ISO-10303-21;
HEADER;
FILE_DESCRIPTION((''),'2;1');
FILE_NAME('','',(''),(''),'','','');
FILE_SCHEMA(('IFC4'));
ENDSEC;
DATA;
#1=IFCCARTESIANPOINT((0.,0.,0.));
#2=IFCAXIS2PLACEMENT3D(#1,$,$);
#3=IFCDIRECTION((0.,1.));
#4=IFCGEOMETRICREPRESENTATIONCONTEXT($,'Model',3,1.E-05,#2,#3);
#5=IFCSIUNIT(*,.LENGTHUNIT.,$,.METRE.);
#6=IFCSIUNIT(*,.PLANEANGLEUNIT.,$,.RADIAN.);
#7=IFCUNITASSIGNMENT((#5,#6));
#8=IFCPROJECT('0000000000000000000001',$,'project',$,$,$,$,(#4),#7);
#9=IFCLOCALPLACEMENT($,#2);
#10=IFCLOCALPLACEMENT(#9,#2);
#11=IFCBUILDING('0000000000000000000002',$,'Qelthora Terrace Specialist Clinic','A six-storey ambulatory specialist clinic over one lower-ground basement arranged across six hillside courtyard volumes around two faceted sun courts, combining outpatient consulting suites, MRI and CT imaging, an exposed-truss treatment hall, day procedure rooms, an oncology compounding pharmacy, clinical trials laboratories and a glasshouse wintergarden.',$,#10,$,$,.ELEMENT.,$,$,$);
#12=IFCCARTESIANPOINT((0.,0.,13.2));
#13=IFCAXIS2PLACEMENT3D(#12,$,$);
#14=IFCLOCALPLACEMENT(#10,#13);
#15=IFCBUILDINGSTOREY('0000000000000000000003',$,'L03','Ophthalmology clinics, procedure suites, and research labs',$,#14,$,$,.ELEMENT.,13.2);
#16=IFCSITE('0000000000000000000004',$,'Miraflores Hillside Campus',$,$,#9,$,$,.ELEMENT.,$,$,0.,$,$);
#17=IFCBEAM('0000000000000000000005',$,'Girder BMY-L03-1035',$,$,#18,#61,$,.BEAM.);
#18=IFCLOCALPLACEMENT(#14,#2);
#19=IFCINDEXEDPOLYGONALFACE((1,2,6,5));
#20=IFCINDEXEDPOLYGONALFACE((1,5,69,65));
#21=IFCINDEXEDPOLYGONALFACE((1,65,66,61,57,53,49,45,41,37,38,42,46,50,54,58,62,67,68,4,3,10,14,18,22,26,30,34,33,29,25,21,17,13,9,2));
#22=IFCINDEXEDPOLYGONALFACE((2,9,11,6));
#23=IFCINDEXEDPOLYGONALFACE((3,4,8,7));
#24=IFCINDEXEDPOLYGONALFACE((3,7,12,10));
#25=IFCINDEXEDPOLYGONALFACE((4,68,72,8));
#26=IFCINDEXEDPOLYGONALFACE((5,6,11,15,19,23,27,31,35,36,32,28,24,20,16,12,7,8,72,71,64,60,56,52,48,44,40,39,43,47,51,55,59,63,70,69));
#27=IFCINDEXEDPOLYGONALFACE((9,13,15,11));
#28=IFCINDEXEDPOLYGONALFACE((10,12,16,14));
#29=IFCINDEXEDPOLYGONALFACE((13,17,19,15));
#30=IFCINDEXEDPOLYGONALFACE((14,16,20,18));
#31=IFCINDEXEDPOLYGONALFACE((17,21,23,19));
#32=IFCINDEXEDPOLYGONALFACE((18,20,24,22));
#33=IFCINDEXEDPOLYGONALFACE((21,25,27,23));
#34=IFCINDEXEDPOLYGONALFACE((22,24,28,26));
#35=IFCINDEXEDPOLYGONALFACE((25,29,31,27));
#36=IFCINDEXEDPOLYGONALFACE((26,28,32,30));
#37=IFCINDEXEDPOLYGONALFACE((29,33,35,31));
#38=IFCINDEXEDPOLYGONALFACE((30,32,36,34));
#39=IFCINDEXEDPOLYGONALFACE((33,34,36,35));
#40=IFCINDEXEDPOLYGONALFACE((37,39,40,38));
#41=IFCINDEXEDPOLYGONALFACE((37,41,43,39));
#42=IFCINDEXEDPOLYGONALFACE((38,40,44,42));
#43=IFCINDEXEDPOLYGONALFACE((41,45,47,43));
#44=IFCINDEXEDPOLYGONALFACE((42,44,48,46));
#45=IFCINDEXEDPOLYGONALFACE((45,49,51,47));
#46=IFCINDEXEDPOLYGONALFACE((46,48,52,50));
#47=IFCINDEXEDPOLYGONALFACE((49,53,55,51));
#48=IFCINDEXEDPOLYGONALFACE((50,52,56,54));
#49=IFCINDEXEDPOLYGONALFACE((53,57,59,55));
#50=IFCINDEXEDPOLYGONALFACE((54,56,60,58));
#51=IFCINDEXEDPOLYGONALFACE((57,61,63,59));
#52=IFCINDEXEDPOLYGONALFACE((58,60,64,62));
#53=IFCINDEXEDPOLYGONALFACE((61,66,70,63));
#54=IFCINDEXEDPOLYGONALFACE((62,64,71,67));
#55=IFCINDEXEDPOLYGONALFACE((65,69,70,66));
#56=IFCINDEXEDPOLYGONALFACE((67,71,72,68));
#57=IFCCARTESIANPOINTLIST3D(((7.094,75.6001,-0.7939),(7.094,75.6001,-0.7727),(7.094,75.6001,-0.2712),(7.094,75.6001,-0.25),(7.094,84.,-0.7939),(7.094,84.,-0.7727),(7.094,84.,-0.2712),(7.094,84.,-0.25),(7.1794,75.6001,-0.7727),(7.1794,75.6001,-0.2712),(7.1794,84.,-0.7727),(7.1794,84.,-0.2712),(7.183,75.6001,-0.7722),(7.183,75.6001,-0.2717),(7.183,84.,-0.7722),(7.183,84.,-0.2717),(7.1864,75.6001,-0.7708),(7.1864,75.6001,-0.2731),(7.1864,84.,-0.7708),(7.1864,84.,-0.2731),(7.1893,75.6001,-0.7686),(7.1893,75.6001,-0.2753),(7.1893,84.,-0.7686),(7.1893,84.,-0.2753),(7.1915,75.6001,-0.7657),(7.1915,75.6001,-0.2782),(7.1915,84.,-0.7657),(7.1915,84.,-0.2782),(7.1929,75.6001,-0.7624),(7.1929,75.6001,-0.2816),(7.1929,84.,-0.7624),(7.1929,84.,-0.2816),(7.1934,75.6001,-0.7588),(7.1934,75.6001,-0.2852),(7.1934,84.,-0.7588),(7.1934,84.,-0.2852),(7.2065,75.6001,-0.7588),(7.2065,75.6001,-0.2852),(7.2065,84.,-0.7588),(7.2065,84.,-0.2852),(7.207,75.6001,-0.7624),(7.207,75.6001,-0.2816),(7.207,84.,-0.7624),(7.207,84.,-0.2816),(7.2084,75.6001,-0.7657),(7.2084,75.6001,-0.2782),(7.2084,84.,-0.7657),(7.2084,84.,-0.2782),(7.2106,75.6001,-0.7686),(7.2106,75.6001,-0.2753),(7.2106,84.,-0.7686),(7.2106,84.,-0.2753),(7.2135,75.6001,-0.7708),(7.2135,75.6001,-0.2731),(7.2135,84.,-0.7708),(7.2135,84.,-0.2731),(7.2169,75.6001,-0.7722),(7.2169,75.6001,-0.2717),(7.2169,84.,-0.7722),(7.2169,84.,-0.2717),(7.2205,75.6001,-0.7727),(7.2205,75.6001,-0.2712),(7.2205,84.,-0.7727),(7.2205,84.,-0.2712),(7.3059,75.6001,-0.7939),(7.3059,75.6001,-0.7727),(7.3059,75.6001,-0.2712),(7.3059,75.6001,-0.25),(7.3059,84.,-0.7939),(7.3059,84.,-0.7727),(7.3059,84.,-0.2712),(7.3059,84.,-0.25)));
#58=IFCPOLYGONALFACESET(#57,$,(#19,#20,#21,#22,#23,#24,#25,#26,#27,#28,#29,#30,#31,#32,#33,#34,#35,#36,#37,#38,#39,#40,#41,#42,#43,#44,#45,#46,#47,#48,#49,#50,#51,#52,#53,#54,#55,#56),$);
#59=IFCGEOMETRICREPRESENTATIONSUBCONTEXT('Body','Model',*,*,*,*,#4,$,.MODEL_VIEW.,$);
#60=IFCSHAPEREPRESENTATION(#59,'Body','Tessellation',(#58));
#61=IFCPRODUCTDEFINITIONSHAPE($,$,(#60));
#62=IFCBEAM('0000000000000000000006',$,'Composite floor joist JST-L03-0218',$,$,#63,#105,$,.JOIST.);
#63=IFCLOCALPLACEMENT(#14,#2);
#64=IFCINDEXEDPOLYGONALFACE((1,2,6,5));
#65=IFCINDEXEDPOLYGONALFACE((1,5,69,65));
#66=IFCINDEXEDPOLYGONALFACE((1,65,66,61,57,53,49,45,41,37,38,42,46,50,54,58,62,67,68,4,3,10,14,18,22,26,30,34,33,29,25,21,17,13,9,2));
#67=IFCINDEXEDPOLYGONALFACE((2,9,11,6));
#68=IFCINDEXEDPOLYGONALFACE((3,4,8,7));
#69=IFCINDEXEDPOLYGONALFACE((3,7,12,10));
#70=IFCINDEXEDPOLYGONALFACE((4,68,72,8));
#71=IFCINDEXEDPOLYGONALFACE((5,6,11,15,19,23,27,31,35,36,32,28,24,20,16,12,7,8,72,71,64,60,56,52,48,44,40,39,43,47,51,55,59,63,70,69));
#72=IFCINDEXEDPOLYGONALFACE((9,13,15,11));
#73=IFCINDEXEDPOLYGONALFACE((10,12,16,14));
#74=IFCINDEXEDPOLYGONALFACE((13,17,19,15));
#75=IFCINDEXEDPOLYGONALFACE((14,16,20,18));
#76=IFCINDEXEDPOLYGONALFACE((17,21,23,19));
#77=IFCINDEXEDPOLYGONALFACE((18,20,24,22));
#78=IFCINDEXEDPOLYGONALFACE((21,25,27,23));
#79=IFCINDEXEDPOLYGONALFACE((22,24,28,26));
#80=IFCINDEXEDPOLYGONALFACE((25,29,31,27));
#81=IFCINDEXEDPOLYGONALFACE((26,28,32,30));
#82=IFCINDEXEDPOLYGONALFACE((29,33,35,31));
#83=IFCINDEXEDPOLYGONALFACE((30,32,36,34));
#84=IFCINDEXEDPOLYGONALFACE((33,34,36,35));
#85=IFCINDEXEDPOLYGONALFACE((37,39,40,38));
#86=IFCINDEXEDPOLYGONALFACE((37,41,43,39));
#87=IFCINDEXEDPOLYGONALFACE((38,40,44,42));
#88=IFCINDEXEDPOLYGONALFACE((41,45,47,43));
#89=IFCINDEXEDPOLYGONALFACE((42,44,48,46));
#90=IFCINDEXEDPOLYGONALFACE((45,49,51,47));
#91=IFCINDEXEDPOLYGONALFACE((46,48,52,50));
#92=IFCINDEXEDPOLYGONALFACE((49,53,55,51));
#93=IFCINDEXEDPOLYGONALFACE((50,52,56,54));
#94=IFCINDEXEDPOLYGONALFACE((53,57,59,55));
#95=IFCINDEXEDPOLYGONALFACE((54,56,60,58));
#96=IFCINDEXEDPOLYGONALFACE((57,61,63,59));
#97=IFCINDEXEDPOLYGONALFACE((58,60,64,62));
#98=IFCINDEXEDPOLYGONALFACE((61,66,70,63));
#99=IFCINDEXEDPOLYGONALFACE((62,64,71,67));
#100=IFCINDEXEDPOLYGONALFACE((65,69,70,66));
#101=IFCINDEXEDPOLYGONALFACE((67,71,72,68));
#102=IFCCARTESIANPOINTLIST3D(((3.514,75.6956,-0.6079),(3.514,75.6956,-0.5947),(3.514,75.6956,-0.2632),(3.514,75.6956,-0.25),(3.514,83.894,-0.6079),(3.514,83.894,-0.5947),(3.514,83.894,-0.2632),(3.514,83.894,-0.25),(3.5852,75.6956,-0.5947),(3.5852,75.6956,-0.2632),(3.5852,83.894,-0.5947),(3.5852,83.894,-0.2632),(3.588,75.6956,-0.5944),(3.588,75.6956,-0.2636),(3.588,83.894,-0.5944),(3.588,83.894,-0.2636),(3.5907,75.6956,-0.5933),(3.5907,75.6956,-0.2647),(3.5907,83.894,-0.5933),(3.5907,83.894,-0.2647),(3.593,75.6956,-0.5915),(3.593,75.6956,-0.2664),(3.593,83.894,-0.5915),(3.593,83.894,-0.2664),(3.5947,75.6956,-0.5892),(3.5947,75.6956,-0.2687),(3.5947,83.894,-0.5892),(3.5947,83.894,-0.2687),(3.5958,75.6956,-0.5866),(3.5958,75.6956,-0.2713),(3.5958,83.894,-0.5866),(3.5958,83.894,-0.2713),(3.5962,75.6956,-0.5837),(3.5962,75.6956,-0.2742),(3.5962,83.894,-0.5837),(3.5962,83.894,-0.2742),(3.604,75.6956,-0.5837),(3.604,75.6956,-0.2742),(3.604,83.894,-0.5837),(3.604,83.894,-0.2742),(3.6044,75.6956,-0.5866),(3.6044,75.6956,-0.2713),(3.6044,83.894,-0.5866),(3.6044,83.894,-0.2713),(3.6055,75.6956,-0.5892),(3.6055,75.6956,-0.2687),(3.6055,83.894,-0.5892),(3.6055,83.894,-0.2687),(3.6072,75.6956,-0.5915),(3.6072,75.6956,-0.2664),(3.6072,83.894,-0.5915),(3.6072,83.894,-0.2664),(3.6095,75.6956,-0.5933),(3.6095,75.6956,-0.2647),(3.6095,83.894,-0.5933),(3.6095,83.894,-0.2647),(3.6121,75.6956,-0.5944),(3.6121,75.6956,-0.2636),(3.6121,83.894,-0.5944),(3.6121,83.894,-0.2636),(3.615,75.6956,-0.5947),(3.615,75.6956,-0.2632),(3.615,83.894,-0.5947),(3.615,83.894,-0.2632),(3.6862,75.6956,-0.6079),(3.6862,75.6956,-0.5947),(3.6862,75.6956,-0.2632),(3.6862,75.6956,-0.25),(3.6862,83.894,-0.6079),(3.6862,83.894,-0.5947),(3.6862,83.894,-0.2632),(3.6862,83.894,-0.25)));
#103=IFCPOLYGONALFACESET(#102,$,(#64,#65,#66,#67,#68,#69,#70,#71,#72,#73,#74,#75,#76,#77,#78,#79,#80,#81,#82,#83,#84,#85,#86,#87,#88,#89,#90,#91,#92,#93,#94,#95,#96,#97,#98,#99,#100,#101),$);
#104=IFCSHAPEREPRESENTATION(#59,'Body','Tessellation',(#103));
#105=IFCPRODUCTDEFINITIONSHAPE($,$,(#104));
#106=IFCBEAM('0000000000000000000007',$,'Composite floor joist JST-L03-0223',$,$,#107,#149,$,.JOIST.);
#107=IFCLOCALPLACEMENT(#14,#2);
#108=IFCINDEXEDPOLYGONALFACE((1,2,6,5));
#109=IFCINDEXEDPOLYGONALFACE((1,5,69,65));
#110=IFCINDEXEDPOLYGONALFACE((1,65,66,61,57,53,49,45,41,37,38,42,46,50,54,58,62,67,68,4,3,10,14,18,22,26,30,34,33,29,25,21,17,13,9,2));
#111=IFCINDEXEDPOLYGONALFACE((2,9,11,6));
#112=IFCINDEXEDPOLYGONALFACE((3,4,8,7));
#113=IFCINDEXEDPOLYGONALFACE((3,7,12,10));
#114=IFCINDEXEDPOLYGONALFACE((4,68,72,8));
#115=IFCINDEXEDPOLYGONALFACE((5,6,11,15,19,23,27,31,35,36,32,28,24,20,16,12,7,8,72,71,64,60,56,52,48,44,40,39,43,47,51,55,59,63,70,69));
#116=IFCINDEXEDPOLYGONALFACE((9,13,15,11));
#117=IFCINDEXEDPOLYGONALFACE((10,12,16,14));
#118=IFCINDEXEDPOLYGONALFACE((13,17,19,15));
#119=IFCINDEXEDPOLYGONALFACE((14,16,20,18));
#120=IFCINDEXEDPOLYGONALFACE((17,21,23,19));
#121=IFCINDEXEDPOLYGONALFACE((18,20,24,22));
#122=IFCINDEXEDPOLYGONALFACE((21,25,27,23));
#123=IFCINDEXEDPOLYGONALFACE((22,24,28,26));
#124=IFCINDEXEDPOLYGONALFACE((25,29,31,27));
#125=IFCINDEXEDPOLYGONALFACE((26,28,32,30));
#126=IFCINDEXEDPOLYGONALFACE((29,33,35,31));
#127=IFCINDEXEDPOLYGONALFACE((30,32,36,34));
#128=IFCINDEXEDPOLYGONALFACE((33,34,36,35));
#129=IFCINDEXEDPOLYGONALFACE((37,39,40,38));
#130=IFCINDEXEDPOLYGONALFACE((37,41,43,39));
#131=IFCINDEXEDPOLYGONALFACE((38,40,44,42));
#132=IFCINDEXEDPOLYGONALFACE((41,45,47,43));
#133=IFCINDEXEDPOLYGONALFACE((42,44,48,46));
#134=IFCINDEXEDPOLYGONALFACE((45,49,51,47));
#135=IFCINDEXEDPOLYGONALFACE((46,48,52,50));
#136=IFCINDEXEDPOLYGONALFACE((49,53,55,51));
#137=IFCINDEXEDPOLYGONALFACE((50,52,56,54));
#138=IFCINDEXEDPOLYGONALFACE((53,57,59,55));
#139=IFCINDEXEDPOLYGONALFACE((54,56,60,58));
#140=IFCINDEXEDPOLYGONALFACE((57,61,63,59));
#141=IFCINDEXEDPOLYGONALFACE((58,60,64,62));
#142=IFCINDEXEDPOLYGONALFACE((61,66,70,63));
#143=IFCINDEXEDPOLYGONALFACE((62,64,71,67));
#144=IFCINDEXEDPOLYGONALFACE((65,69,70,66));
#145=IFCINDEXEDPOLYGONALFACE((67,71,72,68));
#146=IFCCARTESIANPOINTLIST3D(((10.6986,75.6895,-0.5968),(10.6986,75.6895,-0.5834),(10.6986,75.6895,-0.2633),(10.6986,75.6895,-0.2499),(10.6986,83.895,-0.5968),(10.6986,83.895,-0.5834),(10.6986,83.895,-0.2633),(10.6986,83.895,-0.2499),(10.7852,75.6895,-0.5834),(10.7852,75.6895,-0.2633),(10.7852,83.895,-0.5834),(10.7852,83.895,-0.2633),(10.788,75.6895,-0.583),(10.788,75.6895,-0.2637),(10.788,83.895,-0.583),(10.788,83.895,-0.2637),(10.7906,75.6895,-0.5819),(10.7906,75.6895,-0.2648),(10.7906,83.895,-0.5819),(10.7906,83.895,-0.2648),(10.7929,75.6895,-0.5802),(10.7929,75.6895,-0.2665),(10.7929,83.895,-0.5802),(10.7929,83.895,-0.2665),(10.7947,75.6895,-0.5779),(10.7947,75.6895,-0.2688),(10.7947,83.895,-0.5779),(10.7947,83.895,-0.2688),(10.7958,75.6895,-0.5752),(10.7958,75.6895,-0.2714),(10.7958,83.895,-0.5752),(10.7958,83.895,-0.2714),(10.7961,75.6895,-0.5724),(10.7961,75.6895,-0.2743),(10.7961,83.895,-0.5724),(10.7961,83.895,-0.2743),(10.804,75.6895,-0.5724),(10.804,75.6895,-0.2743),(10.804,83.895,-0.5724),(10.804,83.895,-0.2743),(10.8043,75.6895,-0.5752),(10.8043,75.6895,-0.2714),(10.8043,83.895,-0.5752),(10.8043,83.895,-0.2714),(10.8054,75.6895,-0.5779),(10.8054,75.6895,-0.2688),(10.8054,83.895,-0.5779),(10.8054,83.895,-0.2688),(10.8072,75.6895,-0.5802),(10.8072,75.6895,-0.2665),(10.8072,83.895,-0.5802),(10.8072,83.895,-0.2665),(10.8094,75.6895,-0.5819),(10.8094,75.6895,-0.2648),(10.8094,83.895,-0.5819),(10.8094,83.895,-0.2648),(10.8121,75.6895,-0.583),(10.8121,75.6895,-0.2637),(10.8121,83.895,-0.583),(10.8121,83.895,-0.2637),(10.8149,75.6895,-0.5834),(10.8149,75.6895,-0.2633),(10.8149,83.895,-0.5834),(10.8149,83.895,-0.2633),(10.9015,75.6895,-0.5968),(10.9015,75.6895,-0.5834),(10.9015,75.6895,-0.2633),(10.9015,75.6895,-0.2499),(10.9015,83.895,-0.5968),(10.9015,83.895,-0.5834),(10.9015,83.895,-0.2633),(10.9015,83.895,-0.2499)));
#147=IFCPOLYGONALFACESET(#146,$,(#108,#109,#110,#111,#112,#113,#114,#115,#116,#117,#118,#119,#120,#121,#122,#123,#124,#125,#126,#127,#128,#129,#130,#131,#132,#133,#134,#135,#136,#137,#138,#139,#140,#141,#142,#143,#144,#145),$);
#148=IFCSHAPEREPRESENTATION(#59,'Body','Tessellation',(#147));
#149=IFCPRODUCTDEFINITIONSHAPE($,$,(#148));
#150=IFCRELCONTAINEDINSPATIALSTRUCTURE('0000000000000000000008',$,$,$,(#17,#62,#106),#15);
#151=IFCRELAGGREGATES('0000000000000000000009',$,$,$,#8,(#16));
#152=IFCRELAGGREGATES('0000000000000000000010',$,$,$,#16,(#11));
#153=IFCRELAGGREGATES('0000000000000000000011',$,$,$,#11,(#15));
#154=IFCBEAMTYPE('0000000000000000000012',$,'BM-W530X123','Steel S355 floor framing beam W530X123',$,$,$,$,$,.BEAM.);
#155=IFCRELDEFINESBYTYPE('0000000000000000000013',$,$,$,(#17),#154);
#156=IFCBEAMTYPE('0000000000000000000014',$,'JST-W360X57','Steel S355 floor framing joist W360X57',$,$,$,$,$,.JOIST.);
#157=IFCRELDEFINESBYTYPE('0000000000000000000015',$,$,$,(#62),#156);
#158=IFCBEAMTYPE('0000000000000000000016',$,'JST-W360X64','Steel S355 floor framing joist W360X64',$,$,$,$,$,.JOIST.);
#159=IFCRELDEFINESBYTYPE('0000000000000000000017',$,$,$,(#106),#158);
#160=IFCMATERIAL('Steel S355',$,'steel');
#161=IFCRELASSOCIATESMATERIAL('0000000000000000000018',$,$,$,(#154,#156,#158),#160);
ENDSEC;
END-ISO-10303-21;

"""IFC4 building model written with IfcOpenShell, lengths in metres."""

from ifc_helpers import new_model, si_unit, direction, frame, origin, origin_2d, place, context, subcontext, project, spatial, i_section, extrude, material, material_profile, profile_set, type_object, element, save


model = new_model("IFC4")

# Units and contexts
model_context = context("Model", 3, precision=1e-05, world=origin(), true_north=direction((0.0, 1.0)))
body_context = subcontext(model_context, "Body", "Model", "MODEL_VIEW")
ifc_project = project(units=[si_unit("LENGTHUNIT", "METRE"), si_unit("PLANEANGLEUNIT", "RADIAN")], contexts=[model_context])

# Site, building, storey
site_placement = place(None, origin())
site = spatial("IfcSite", under=ifc_project, at=site_placement, Name="Miraflores Hillside Campus", CompositionType="ELEMENT", RefElevation=0.0)
building_placement = place(site_placement, origin())
building = spatial("IfcBuilding", under=site, at=building_placement, Name="Qelthora Terrace Specialist Clinic", Description="A six-storey ambulatory specialist clinic over one lower-ground basement arranged across six hillside courtyard volumes around two faceted sun courts, combining outpatient consulting suites, MRI and CT imaging, an exposed-truss treatment hall, day procedure rooms, an oncology compounding pharmacy, clinical trials laboratories and a glasshouse wintergarden.", CompositionType="ELEMENT")
storey_placement = place(building_placement, frame((0.0, 0.0, 13.2)))
storey = spatial("IfcBuildingStorey", under=building, at=storey_placement, Name="L03", Description="Ophthalmology clinics, procedure suites, and research labs", CompositionType="ELEMENT", Elevation=13.2)

# Shared definitions
ifc_material_1 = material(Name="Steel S355", Category="steel")

# Beams
ifc_material_profile_1 = material_profile(ifc_material_1, i_section(OverallWidth=0.2119, OverallDepth=0.5439, WebThickness=0.0132, FlangeThickness=0.0212, FilletRadius=0.0139, at=origin_2d()), Name="W530X123")
ifc_profile_set_1 = profile_set([ifc_material_profile_1], Name="Steel S355")
beam_type_1 = type_object("IfcBeamType", Name="BM-W530X123", Description="Steel S355 floor framing beam W530X123", PredefinedType="BEAM", material=ifc_profile_set_1)
beam_1_placement = place(storey_placement, frame((7.2, 75.6001, -0.522), z_axis=(0.0, 1.0, 0.0), x_axis=(-1.0, 0.0, 0.0)))
element("IfcBeam", 1, at=beam_1_placement, inside=storey, type_object=beam_type_1, Name="Girder BMY-L03-1035", PredefinedType="BEAM", context=body_context, shape_type="SweptSolid", body=[
    extrude(i_section(OverallWidth=0.2119, OverallDepth=0.5439, WebThickness=0.0132, FlangeThickness=0.0212, FilletRadius=0.0139, at=origin_2d()), origin(), (0.0, 0.0, 1.0), 8.3999),
])
ifc_material_profile_2 = material_profile(ifc_material_1, i_section(OverallWidth=0.1721, OverallDepth=0.3579, WebThickness=0.0078, FlangeThickness=0.0132, FilletRadius=0.011, at=origin_2d()), Name="W360X57")
ifc_profile_set_2 = profile_set([ifc_material_profile_2], Name="Steel S355")
beam_type_2 = type_object("IfcBeamType", Name="JST-W360X57", Description="Steel S355 floor framing joist W360X57", PredefinedType="JOIST", material=ifc_profile_set_2)
beam_2_placement = place(storey_placement, frame((3.6001, 75.6956, -0.429), z_axis=(0.0, 1.0, 0.0), x_axis=(-1.0, 0.0, 0.0)))
element("IfcBeam", 2, at=beam_2_placement, inside=storey, type_object=beam_type_2, Name="Composite floor joist JST-L03-0218", PredefinedType="JOIST", context=body_context, shape_type="SweptSolid", body=[
    extrude(i_section(OverallWidth=0.1721, OverallDepth=0.3579, WebThickness=0.0078, FlangeThickness=0.0132, FilletRadius=0.011, at=origin_2d()), origin(), (0.0, 0.0, 1.0), 8.1985),
])
ifc_material_profile_3 = material_profile(ifc_material_1, i_section(OverallWidth=0.2029, OverallDepth=0.3469, WebThickness=0.0078, FlangeThickness=0.0134, FilletRadius=0.011, at=origin_2d()), Name="W360X64")
ifc_profile_set_3 = profile_set([ifc_material_profile_3], Name="Steel S355")
beam_type_3 = type_object("IfcBeamType", Name="JST-W360X64", Description="Steel S355 floor framing joist W360X64", PredefinedType="JOIST", material=ifc_profile_set_3)
beam_3_placement = place(storey_placement, frame((10.8, 75.6895, -0.4233), z_axis=(0.0, 1.0, 0.0), x_axis=(-1.0, 0.0, 0.0)))
element("IfcBeam", 3, at=beam_3_placement, inside=storey, type_object=beam_type_3, Name="Composite floor joist JST-L03-0223", PredefinedType="JOIST", context=body_context, shape_type="SweptSolid", body=[
    extrude(i_section(OverallWidth=0.2029, OverallDepth=0.3469, WebThickness=0.0078, FlangeThickness=0.0134, FilletRadius=0.011, at=origin_2d()), origin(), (0.0, 0.0, 1.0), 8.2056),
])

save(model, "model.ifc")
